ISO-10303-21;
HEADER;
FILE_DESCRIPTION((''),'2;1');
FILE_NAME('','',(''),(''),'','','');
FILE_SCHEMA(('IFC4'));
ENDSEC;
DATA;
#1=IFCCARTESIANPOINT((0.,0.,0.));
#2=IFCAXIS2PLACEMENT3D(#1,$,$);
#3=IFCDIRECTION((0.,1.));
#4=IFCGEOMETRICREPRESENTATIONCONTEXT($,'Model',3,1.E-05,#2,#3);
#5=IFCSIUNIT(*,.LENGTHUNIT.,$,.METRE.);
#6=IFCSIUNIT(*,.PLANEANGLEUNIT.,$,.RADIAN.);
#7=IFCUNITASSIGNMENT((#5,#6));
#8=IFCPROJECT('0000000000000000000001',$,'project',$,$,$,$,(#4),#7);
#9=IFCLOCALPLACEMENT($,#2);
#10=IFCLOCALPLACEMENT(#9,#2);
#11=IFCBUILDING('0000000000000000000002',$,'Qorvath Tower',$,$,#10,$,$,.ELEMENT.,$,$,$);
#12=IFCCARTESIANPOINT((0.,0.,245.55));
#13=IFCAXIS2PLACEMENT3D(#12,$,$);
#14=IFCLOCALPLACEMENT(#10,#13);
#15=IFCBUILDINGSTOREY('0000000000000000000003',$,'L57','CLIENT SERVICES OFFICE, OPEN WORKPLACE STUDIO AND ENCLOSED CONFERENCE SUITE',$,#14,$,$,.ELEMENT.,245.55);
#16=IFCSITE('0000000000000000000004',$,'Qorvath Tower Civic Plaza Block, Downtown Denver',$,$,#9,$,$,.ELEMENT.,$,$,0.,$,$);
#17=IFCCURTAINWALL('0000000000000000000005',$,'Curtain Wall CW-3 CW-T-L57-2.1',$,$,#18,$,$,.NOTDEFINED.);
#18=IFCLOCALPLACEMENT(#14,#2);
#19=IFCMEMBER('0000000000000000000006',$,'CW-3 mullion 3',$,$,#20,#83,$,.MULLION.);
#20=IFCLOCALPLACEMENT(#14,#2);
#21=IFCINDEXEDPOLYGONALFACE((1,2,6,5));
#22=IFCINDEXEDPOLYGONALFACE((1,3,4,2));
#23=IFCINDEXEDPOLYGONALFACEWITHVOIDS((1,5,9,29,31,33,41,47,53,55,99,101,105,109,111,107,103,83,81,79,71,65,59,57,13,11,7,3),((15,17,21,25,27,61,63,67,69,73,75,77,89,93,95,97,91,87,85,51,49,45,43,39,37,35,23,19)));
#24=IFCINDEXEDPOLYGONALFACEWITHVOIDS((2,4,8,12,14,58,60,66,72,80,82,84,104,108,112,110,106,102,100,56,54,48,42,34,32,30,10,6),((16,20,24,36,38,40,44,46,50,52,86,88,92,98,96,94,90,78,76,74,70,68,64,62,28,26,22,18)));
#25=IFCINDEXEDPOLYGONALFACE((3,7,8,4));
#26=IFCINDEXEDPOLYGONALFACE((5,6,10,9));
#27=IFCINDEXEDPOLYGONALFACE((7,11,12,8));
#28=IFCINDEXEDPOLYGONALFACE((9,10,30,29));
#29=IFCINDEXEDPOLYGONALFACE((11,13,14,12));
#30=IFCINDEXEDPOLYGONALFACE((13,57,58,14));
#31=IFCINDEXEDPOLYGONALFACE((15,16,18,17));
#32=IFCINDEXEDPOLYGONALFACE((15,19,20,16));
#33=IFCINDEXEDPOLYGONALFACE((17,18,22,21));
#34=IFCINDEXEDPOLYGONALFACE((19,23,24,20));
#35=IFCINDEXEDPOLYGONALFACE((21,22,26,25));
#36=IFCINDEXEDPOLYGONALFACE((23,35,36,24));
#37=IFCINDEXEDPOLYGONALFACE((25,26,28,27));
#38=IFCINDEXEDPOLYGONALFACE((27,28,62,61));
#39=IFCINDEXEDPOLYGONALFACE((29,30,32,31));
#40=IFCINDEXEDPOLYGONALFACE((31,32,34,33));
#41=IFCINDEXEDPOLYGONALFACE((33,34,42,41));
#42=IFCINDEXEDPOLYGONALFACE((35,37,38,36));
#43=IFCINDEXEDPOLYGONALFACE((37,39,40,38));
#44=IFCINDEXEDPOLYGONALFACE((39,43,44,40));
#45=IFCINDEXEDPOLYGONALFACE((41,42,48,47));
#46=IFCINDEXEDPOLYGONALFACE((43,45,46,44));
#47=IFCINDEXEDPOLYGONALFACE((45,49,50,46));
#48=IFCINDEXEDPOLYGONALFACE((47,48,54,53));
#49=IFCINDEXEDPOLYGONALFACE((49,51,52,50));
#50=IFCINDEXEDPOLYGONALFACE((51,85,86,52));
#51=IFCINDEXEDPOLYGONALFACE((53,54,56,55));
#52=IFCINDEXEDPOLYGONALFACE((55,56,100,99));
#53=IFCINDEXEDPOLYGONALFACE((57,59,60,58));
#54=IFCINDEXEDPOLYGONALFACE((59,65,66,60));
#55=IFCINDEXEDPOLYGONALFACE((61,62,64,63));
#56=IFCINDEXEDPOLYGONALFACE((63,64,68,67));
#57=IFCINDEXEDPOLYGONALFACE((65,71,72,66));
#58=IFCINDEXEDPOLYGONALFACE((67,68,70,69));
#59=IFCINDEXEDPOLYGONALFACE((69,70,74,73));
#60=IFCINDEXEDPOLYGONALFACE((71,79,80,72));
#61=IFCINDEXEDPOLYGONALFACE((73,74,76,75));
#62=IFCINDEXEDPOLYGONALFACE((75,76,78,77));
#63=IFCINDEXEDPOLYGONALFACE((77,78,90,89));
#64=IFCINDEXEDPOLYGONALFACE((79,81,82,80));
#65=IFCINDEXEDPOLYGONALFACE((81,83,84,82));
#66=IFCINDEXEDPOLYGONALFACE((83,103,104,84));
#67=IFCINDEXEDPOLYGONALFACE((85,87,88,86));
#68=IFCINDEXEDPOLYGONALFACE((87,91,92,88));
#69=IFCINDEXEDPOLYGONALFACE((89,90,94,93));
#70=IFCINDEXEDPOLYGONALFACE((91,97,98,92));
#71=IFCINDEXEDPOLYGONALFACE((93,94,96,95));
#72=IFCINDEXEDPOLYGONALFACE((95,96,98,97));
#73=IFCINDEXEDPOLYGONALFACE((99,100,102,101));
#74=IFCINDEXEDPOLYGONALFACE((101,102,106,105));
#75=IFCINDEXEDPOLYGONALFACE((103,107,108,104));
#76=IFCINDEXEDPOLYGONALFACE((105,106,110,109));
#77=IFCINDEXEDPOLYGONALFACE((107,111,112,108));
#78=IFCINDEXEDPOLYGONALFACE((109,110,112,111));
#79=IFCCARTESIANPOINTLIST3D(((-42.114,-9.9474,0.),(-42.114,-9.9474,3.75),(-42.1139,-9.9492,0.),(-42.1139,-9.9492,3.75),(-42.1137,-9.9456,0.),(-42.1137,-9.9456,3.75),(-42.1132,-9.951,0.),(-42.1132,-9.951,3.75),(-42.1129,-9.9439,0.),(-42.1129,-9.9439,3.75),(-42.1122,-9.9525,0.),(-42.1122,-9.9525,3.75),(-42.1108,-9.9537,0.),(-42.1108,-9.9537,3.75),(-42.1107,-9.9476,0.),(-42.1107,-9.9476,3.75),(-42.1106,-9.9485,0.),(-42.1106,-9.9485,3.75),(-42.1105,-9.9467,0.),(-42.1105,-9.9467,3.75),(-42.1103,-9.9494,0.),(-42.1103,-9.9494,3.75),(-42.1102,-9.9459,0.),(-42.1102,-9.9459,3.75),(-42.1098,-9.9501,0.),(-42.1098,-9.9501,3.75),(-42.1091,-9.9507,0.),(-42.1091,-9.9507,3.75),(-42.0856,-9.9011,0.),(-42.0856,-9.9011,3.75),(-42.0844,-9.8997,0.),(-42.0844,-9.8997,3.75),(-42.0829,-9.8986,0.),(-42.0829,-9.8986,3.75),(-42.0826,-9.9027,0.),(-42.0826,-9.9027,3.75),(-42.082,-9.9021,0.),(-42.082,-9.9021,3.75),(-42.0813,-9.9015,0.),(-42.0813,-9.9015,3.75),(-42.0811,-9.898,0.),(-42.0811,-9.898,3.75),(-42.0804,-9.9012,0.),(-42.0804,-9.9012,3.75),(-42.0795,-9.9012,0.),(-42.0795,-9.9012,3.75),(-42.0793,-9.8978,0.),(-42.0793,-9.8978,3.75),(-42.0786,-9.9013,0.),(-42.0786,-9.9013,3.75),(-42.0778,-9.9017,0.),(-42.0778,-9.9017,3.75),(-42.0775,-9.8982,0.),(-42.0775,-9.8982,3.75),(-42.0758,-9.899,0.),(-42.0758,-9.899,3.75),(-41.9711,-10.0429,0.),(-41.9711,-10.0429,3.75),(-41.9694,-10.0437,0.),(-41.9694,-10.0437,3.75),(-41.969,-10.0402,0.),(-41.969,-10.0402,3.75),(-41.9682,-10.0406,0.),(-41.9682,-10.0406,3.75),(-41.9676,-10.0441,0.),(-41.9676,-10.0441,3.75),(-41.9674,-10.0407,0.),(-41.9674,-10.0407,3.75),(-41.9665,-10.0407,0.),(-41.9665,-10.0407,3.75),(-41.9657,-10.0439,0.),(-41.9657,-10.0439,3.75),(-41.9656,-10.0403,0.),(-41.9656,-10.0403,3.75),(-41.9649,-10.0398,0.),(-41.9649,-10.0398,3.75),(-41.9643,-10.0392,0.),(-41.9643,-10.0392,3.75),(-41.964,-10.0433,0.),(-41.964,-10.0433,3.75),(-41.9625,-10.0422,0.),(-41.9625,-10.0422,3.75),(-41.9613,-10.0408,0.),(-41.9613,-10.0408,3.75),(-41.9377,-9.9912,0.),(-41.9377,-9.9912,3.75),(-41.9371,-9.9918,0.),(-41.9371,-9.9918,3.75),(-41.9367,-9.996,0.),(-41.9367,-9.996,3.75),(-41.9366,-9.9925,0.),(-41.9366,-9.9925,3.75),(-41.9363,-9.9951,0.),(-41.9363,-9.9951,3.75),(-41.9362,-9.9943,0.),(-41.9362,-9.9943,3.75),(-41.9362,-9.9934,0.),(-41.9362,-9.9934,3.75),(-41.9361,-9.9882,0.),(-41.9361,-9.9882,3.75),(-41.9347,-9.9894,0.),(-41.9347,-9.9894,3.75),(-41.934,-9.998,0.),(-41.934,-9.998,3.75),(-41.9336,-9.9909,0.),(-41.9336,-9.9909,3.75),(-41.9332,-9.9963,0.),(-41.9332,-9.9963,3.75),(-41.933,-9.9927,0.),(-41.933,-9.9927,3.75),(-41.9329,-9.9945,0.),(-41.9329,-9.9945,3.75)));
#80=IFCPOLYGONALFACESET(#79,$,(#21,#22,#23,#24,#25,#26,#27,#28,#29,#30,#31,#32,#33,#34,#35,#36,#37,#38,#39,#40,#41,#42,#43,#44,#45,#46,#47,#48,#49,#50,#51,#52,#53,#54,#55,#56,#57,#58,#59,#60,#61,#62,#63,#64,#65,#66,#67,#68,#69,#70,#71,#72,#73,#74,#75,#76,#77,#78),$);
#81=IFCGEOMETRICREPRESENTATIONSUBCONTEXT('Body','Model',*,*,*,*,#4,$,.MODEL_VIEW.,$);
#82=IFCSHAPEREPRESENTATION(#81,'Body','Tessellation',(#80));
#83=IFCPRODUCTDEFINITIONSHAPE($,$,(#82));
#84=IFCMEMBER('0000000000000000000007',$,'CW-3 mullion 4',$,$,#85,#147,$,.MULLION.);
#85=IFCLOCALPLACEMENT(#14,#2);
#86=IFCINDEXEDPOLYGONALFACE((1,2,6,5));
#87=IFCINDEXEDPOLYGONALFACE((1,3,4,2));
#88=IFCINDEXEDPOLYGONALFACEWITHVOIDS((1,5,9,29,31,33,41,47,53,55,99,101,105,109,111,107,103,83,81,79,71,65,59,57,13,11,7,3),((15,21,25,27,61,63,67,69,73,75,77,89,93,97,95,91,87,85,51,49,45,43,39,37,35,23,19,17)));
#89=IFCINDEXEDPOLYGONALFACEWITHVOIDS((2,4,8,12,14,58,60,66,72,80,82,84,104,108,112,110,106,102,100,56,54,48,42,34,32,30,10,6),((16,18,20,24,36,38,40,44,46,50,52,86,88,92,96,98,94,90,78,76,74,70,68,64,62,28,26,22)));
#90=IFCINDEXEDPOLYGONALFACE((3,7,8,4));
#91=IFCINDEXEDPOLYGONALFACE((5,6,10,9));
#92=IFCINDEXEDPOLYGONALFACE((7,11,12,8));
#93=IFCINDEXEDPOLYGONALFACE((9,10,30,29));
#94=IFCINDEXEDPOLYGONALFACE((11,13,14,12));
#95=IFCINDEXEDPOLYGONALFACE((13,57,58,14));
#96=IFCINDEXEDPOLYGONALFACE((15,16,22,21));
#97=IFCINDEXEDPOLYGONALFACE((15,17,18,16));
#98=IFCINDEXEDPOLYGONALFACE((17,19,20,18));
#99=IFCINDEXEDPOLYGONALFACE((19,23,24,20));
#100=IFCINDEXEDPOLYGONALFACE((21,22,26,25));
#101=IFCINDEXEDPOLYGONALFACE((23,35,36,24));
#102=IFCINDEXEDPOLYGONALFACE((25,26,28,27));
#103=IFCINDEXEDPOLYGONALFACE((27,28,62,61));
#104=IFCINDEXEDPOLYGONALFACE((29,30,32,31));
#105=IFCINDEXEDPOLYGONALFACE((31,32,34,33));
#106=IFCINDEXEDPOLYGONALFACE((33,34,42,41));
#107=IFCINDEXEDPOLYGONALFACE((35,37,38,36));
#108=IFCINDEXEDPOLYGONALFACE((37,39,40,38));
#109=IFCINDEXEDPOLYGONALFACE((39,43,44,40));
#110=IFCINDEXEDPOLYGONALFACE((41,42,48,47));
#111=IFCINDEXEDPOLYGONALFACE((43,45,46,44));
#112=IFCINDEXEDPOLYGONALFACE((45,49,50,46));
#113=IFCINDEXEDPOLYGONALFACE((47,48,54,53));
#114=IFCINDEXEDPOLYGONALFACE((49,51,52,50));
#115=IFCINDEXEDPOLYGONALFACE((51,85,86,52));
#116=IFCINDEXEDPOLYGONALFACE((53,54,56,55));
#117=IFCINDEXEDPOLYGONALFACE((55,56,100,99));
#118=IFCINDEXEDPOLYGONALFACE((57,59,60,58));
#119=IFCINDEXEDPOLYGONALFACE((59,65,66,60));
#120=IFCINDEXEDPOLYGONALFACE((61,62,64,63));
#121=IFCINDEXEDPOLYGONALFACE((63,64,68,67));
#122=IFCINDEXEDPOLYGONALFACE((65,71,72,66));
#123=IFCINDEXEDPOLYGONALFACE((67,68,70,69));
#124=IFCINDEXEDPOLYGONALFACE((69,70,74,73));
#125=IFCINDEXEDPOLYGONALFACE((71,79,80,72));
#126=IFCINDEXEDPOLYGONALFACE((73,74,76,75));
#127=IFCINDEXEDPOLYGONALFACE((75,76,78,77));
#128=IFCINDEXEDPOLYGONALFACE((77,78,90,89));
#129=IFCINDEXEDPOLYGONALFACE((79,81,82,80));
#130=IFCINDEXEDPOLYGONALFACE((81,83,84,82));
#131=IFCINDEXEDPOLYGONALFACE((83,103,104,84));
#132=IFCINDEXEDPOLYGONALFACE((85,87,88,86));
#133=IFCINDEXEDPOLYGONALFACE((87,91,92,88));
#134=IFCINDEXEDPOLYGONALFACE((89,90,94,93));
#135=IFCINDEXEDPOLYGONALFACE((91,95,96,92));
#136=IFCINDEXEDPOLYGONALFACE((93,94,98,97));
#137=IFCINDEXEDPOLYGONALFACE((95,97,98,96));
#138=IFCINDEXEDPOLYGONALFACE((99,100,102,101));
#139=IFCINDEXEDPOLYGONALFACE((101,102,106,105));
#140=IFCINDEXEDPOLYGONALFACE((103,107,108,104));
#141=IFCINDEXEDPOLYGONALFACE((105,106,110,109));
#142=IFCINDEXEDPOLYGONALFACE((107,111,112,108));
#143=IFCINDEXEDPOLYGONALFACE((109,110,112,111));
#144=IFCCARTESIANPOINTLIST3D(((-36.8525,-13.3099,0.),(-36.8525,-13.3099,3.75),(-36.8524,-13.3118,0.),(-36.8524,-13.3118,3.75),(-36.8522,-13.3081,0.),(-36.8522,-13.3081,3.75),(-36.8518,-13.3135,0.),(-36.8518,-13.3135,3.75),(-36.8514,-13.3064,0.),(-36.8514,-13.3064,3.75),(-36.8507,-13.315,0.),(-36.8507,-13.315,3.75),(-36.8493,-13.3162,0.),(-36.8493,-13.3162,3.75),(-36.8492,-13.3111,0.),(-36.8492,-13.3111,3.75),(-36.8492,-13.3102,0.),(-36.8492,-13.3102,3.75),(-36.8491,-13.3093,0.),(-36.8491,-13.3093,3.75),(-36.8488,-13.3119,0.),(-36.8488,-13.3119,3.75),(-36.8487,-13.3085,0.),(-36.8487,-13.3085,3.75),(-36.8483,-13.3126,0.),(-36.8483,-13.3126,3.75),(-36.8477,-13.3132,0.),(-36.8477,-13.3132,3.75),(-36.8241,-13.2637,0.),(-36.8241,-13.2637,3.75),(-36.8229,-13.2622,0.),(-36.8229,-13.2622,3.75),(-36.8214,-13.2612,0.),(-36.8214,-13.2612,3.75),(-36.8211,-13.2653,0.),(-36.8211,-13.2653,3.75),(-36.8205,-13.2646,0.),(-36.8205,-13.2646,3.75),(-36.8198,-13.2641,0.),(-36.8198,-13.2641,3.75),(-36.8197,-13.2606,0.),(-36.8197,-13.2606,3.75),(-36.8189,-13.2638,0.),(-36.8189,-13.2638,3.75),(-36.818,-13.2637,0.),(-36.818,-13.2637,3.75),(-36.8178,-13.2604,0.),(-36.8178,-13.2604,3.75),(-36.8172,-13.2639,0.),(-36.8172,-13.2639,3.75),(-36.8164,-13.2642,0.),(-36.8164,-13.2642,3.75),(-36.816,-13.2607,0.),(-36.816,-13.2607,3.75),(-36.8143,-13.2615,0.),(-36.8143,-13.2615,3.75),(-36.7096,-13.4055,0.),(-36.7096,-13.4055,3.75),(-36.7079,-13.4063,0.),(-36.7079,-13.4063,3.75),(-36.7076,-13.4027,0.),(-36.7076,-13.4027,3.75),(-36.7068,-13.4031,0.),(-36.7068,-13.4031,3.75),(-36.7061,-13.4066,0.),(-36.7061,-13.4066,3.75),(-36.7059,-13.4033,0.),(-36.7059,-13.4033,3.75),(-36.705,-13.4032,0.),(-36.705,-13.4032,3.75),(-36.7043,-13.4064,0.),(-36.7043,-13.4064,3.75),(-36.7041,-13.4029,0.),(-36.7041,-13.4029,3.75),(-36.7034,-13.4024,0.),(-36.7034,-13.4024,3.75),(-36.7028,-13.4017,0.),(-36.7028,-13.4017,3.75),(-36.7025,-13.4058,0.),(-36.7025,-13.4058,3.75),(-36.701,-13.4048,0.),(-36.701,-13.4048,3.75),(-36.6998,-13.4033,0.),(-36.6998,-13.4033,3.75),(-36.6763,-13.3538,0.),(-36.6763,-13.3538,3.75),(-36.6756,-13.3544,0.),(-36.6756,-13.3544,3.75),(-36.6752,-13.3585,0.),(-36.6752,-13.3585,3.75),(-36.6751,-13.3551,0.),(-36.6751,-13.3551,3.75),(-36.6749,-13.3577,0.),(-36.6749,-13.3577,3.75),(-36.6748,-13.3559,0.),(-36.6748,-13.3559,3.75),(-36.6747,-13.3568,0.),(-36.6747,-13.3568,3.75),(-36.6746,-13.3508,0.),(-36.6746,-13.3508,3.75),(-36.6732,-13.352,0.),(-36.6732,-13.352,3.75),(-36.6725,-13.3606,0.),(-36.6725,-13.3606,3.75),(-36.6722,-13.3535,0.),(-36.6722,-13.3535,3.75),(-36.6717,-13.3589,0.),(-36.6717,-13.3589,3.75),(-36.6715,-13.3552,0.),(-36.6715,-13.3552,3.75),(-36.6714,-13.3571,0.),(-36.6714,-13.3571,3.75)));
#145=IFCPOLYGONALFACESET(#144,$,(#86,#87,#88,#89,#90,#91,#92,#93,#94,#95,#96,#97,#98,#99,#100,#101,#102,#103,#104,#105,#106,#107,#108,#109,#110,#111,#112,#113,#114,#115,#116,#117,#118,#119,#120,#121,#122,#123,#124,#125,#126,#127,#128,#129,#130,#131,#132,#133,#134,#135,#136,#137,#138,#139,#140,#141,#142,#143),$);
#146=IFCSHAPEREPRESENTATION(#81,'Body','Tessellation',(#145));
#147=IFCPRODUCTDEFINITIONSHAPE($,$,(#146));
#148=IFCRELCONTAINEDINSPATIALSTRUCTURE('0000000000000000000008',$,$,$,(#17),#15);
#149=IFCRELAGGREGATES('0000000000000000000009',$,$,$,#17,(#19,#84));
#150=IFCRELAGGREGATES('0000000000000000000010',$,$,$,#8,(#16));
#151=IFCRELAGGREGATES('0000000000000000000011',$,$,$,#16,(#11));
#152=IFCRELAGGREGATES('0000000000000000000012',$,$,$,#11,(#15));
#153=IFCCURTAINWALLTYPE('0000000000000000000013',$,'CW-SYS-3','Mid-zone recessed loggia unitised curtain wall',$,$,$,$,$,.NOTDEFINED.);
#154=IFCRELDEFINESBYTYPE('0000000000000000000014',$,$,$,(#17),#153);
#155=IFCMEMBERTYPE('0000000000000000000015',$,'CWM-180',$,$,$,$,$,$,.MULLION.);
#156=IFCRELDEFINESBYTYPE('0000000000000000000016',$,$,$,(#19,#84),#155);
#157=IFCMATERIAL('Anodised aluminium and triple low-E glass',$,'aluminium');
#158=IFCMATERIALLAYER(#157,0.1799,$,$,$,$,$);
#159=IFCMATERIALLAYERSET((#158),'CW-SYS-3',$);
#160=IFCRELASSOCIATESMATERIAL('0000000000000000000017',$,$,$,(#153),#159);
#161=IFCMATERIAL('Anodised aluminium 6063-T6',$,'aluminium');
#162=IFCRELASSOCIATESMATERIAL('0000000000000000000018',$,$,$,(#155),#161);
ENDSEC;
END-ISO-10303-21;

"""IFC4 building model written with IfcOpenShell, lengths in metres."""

from ifc_helpers import new_model, si_unit, direction, frame, origin, origin_2d, place, context, subcontext, project, spatial, hollow_rectangle, extrude, material, layer, layer_set, material_profile, profile_set, type_object, element, aggregate, save


model = new_model("IFC4")

# Units and contexts
model_context = context("Model", 3, precision=1e-05, world=origin(), true_north=direction((0.0, 1.0)))
body_context = subcontext(model_context, "Body", "Model", "MODEL_VIEW")
ifc_project = project(units=[si_unit("LENGTHUNIT", "METRE"), si_unit("PLANEANGLEUNIT", "RADIAN")], contexts=[model_context])

# Site, building, storey
site_placement = place(None, origin())
site = spatial("IfcSite", under=ifc_project, at=site_placement, Name="Qorvath Tower Civic Plaza Block, Downtown Denver", CompositionType="ELEMENT", RefElevation=0.0)
building_placement = place(site_placement, origin())
building = spatial("IfcBuilding", under=site, at=building_placement, Name="Qorvath Tower", CompositionType="ELEMENT")
storey_placement = place(building_placement, frame((0.0, 0.0, 245.55)))
storey = spatial("IfcBuildingStorey", under=building, at=storey_placement, Name="L57", Description="CLIENT SERVICES OFFICE, OPEN WORKPLACE STUDIO AND ENCLOSED CONFERENCE SUITE", CompositionType="ELEMENT", Elevation=245.55)

# Curtain wall, members
ifc_material_1 = material(Name="Anodised aluminium and triple low-E glass", Category="aluminium")
ifc_layer_1 = layer(ifc_material_1, 0.1799)
ifc_layer_set_1 = layer_set([ifc_layer_1], Name="CW-SYS-3")
curtain_wall_type = type_object("IfcCurtainWallType", Name="CW-SYS-3", Description="Mid-zone recessed loggia unitised curtain wall", PredefinedType="NOTDEFINED", material=ifc_layer_set_1)
curtain_wall_1_placement = place(storey_placement, origin())
curtain_wall_1 = element("IfcCurtainWall", 1, at=curtain_wall_1_placement, inside=storey, type_object=curtain_wall_type, Name="Curtain Wall CW-3 CW-T-L57-2.1", PredefinedType="NOTDEFINED")
ifc_material_2 = material(Name="Anodised aluminium 6063-T6", Category="aluminium")
ifc_material_profile_1 = material_profile(ifc_material_2, hollow_rectangle(XDim=0.0649, YDim=0.1799, WallThickness=0.0034, InnerFilletRadius=0.0034, OuterFilletRadius=0.0071, at=origin_2d()), Name="CWM 180x65")
ifc_profile_set_1 = profile_set([ifc_material_profile_1], Name="Anodised aluminium 6063-T6")
member_type_1 = type_object("IfcMemberType", Name="CWM-180", PredefinedType="MULLION", material=ifc_profile_set_1)
member_1_placement = place(storey_placement, frame((-42.0234, -9.9709, 0.0), z_axis=(0.0, 0.0, 1.0), x_axis=(0.538531, 0.842605, 0.0)))
member_1 = element("IfcMember", 2, at=member_1_placement, type_object=member_type_1, Name="CW-3 mullion 3", PredefinedType="MULLION", context=body_context, shape_type="SweptSolid", body=[
    extrude(hollow_rectangle(XDim=0.0649, YDim=0.1799, WallThickness=0.0034, InnerFilletRadius=0.0034, OuterFilletRadius=0.0071, at=origin_2d()), origin(), (0.0, 0.0, 1.0), 3.75),
])
member_2_placement = place(storey_placement, frame((-36.762, -13.3335, 0.0), z_axis=(0.0, 0.0, 1.0), x_axis=(0.538531, 0.842605, 0.0)))
member_2 = element("IfcMember", 3, at=member_2_placement, type_object=member_type_1, Name="CW-3 mullion 4", PredefinedType="MULLION", context=body_context, shape_type="SweptSolid", body=[
    extrude(hollow_rectangle(XDim=0.0649, YDim=0.1799, WallThickness=0.0034, InnerFilletRadius=0.0034, OuterFilletRadius=0.0071, at=origin_2d()), origin(), (0.0, 0.0, 1.0), 3.75),
])

aggregate(curtain_wall_1, [member_1, member_2])

save(model, "model.ifc")
